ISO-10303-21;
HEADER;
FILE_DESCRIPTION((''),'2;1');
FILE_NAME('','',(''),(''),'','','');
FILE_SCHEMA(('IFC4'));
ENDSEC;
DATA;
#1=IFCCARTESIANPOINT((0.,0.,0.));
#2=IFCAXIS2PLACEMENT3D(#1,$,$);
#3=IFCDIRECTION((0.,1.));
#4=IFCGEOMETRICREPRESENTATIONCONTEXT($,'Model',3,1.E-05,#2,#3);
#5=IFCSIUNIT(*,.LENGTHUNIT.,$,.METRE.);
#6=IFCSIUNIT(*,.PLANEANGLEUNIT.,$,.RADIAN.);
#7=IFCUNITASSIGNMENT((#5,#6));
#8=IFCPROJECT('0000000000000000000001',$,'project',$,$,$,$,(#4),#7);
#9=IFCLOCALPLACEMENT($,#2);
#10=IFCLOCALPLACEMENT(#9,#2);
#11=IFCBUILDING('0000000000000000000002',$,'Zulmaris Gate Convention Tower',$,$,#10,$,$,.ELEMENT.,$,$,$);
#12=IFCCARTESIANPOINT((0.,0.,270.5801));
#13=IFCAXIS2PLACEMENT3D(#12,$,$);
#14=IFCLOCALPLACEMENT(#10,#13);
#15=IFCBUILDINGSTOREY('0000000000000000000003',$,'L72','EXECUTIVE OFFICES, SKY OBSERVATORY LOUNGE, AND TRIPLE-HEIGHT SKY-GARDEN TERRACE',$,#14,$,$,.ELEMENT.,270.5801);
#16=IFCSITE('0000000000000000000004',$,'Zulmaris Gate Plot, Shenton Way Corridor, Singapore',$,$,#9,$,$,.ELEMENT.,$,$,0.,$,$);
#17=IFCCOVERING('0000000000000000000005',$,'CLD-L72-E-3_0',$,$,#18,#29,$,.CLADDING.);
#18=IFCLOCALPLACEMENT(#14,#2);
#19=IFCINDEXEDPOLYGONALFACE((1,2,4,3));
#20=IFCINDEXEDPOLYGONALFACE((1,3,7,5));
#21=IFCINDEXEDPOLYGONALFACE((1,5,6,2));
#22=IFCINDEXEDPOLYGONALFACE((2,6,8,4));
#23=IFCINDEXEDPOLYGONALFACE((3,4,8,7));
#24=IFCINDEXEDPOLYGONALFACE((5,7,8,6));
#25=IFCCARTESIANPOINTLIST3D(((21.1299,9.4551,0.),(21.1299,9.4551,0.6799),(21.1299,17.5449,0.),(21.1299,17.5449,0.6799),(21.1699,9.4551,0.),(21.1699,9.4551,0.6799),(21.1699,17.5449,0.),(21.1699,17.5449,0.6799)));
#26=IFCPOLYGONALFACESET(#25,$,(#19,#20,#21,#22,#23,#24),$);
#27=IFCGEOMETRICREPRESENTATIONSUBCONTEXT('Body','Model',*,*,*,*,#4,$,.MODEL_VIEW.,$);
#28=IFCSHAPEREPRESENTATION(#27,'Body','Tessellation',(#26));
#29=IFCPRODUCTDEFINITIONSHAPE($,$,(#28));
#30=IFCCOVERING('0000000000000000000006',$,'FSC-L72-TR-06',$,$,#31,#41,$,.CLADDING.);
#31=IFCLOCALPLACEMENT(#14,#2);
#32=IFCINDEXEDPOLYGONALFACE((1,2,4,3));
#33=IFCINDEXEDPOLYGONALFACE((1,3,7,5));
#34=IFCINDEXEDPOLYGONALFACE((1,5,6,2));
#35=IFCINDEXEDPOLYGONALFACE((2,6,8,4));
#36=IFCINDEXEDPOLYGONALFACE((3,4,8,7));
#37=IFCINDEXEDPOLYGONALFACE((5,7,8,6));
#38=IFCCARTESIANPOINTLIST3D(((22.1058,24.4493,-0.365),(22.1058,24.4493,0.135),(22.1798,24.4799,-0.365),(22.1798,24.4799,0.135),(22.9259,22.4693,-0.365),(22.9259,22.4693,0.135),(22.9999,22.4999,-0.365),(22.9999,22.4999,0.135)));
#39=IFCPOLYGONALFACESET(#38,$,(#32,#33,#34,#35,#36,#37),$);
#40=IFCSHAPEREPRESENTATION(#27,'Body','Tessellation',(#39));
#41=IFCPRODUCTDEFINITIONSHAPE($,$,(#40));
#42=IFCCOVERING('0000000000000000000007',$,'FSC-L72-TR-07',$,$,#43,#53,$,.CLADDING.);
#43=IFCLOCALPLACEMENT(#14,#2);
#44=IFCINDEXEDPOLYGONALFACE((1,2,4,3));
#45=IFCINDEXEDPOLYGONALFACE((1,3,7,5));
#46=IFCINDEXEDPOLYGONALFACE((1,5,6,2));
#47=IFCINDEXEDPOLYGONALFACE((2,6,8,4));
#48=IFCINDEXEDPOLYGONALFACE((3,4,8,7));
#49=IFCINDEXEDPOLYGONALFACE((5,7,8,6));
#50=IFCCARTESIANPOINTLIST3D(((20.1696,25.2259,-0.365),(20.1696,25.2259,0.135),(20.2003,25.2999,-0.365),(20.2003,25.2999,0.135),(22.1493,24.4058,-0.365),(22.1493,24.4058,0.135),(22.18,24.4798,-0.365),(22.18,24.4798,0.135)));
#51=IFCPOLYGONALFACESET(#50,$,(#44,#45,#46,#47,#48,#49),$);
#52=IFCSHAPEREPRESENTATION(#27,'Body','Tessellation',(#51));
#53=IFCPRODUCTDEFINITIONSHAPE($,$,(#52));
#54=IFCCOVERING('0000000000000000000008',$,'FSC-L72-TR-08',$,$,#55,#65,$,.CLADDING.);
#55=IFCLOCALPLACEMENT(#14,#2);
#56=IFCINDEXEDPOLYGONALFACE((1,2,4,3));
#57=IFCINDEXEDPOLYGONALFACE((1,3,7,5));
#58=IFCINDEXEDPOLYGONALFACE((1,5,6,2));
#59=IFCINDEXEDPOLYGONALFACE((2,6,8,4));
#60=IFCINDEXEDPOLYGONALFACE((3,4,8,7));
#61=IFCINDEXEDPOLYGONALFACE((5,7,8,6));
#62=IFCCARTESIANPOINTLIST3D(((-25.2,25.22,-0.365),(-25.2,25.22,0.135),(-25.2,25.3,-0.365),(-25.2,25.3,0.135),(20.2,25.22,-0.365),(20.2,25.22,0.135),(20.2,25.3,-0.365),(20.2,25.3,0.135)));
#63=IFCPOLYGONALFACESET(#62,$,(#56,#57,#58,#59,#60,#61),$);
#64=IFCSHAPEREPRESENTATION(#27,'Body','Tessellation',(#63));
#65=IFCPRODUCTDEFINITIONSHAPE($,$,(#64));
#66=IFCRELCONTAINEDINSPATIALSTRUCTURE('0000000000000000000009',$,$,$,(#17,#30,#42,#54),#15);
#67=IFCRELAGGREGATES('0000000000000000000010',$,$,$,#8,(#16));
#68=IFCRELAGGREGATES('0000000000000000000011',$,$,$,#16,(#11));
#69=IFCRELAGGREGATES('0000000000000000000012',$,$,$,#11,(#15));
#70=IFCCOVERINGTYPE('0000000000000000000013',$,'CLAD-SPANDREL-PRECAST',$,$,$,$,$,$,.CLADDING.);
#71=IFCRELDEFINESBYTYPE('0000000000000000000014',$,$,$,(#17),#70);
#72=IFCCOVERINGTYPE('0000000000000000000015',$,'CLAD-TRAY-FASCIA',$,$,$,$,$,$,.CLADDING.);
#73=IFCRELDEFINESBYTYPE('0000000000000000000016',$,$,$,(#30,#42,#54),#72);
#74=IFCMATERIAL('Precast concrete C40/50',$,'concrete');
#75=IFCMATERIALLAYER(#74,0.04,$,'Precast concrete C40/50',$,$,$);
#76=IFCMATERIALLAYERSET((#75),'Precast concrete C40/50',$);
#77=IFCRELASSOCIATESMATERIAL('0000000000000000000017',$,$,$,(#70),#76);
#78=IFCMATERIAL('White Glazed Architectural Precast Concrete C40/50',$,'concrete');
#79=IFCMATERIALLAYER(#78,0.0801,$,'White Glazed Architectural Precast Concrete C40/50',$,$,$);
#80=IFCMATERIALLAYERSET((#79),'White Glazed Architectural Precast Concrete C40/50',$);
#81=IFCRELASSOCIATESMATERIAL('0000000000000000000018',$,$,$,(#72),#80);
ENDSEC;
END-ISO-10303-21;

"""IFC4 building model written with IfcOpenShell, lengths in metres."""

from ifc_helpers import new_model, si_unit, direction, frame, frame_2d, origin, place, context, subcontext, project, spatial, rectangle, extrude, material, layer, layer_set, type_object, element, save


model = new_model("IFC4")

# Units and contexts
model_context = context("Model", 3, precision=1e-05, world=origin(), true_north=direction((0.0, 1.0)))
body_context = subcontext(model_context, "Body", "Model", "MODEL_VIEW")
ifc_project = project(units=[si_unit("LENGTHUNIT", "METRE"), si_unit("PLANEANGLEUNIT", "RADIAN")], contexts=[model_context])

# Site, building, storey
site_placement = place(None, origin())
site = spatial("IfcSite", under=ifc_project, at=site_placement, Name="Zulmaris Gate Plot, Shenton Way Corridor, Singapore", CompositionType="ELEMENT", RefElevation=0.0)
building_placement = place(site_placement, origin())
building = spatial("IfcBuilding", under=site, at=building_placement, Name="Zulmaris Gate Convention Tower", CompositionType="ELEMENT")
storey_placement = place(building_placement, frame((0.0, 0.0, 270.5801)))
storey = spatial("IfcBuildingStorey", under=building, at=storey_placement, Name="L72", Description="EXECUTIVE OFFICES, SKY OBSERVATORY LOUNGE, AND TRIPLE-HEIGHT SKY-GARDEN TERRACE", CompositionType="ELEMENT", Elevation=270.5801)

# Shared definitions
ifc_material_1 = material(Name="Precast concrete C40/50", Category="concrete")

# Coverings
ifc_layer_1 = layer(ifc_material_1, 0.04, Name="Precast concrete C40/50")
ifc_layer_set_1 = layer_set([ifc_layer_1], Name="Precast concrete C40/50")
covering_type_1 = type_object("IfcCoveringType", Name="CLAD-SPANDREL-PRECAST", PredefinedType="CLADDING", material=ifc_layer_set_1)
covering_1_placement = place(storey_placement, frame((21.1499, 9.4551, 0.0), z_axis=(0.0, 0.0, 1.0), x_axis=(0.0, 1.0, 0.0)))
element("IfcCovering", 1, at=covering_1_placement, inside=storey, type_object=covering_type_1, Name="CLD-L72-E-3_0", PredefinedType="CLADDING", context=body_context, shape_type="SweptSolid", body=[
    extrude(rectangle(XDim=8.0898, YDim=0.04, at=frame_2d((4.0449, 0.0))), origin(), (0.0, 0.0, 1.0), 0.6799),
])
ifc_material_2 = material(Name="White Glazed Architectural Precast Concrete C40/50", Category="concrete")
ifc_layer_2 = layer(ifc_material_2, 0.0801, Name="White Glazed Architectural Precast Concrete C40/50")
ifc_layer_set_2 = layer_set([ifc_layer_2], Name="White Glazed Architectural Precast Concrete C40/50")
covering_type_2 = type_object("IfcCoveringType", Name="CLAD-TRAY-FASCIA", PredefinedType="CLADDING", material=ifc_layer_set_2)
covering_2_placement = place(storey_placement, frame((22.9629, 22.4846, -0.365), z_axis=(0.0, 0.0, 1.0), x_axis=(-0.382657, 0.92389, 0.0)))
element("IfcCovering", 2, at=covering_2_placement, inside=storey, type_object=covering_type_2, Name="FSC-L72-TR-06", PredefinedType="CLADDING", context=body_context, shape_type="SweptSolid", body=[
    extrude(rectangle(XDim=2.1431, YDim=0.0801, at=frame_2d((1.0715, 0.0))), origin(), (0.0, 0.0, 1.0), 0.5),
])
covering_3_placement = place(storey_placement, frame((22.1646, 24.4429, -0.365), z_axis=(0.0, 0.0, 1.0), x_axis=(-0.923874, 0.382697, 0.0)))
element("IfcCovering", 3, at=covering_3_placement, inside=storey, type_object=covering_type_2, Name="FSC-L72-TR-07", PredefinedType="CLADDING", context=body_context, shape_type="SweptSolid", body=[
    extrude(rectangle(XDim=2.1428, YDim=0.0801, at=frame_2d((1.0713, 0.0))), origin(), (0.0, 0.0, 1.0), 0.5),
])
covering_4_placement = place(storey_placement, frame((20.2, 25.26, -0.365), z_axis=(0.0, 0.0, 1.0), x_axis=(-1.0, 0.0, 0.0)))
element("IfcCovering", 4, at=covering_4_placement, inside=storey, type_object=covering_type_2, Name="FSC-L72-TR-08", PredefinedType="CLADDING", context=body_context, shape_type="SweptSolid", body=[
    extrude(rectangle(XDim=45.3999, YDim=0.0801, at=frame_2d((22.7, 0.0))), origin(), (0.0, 0.0, 1.0), 0.5),
])

save(model, "model.ifc")
